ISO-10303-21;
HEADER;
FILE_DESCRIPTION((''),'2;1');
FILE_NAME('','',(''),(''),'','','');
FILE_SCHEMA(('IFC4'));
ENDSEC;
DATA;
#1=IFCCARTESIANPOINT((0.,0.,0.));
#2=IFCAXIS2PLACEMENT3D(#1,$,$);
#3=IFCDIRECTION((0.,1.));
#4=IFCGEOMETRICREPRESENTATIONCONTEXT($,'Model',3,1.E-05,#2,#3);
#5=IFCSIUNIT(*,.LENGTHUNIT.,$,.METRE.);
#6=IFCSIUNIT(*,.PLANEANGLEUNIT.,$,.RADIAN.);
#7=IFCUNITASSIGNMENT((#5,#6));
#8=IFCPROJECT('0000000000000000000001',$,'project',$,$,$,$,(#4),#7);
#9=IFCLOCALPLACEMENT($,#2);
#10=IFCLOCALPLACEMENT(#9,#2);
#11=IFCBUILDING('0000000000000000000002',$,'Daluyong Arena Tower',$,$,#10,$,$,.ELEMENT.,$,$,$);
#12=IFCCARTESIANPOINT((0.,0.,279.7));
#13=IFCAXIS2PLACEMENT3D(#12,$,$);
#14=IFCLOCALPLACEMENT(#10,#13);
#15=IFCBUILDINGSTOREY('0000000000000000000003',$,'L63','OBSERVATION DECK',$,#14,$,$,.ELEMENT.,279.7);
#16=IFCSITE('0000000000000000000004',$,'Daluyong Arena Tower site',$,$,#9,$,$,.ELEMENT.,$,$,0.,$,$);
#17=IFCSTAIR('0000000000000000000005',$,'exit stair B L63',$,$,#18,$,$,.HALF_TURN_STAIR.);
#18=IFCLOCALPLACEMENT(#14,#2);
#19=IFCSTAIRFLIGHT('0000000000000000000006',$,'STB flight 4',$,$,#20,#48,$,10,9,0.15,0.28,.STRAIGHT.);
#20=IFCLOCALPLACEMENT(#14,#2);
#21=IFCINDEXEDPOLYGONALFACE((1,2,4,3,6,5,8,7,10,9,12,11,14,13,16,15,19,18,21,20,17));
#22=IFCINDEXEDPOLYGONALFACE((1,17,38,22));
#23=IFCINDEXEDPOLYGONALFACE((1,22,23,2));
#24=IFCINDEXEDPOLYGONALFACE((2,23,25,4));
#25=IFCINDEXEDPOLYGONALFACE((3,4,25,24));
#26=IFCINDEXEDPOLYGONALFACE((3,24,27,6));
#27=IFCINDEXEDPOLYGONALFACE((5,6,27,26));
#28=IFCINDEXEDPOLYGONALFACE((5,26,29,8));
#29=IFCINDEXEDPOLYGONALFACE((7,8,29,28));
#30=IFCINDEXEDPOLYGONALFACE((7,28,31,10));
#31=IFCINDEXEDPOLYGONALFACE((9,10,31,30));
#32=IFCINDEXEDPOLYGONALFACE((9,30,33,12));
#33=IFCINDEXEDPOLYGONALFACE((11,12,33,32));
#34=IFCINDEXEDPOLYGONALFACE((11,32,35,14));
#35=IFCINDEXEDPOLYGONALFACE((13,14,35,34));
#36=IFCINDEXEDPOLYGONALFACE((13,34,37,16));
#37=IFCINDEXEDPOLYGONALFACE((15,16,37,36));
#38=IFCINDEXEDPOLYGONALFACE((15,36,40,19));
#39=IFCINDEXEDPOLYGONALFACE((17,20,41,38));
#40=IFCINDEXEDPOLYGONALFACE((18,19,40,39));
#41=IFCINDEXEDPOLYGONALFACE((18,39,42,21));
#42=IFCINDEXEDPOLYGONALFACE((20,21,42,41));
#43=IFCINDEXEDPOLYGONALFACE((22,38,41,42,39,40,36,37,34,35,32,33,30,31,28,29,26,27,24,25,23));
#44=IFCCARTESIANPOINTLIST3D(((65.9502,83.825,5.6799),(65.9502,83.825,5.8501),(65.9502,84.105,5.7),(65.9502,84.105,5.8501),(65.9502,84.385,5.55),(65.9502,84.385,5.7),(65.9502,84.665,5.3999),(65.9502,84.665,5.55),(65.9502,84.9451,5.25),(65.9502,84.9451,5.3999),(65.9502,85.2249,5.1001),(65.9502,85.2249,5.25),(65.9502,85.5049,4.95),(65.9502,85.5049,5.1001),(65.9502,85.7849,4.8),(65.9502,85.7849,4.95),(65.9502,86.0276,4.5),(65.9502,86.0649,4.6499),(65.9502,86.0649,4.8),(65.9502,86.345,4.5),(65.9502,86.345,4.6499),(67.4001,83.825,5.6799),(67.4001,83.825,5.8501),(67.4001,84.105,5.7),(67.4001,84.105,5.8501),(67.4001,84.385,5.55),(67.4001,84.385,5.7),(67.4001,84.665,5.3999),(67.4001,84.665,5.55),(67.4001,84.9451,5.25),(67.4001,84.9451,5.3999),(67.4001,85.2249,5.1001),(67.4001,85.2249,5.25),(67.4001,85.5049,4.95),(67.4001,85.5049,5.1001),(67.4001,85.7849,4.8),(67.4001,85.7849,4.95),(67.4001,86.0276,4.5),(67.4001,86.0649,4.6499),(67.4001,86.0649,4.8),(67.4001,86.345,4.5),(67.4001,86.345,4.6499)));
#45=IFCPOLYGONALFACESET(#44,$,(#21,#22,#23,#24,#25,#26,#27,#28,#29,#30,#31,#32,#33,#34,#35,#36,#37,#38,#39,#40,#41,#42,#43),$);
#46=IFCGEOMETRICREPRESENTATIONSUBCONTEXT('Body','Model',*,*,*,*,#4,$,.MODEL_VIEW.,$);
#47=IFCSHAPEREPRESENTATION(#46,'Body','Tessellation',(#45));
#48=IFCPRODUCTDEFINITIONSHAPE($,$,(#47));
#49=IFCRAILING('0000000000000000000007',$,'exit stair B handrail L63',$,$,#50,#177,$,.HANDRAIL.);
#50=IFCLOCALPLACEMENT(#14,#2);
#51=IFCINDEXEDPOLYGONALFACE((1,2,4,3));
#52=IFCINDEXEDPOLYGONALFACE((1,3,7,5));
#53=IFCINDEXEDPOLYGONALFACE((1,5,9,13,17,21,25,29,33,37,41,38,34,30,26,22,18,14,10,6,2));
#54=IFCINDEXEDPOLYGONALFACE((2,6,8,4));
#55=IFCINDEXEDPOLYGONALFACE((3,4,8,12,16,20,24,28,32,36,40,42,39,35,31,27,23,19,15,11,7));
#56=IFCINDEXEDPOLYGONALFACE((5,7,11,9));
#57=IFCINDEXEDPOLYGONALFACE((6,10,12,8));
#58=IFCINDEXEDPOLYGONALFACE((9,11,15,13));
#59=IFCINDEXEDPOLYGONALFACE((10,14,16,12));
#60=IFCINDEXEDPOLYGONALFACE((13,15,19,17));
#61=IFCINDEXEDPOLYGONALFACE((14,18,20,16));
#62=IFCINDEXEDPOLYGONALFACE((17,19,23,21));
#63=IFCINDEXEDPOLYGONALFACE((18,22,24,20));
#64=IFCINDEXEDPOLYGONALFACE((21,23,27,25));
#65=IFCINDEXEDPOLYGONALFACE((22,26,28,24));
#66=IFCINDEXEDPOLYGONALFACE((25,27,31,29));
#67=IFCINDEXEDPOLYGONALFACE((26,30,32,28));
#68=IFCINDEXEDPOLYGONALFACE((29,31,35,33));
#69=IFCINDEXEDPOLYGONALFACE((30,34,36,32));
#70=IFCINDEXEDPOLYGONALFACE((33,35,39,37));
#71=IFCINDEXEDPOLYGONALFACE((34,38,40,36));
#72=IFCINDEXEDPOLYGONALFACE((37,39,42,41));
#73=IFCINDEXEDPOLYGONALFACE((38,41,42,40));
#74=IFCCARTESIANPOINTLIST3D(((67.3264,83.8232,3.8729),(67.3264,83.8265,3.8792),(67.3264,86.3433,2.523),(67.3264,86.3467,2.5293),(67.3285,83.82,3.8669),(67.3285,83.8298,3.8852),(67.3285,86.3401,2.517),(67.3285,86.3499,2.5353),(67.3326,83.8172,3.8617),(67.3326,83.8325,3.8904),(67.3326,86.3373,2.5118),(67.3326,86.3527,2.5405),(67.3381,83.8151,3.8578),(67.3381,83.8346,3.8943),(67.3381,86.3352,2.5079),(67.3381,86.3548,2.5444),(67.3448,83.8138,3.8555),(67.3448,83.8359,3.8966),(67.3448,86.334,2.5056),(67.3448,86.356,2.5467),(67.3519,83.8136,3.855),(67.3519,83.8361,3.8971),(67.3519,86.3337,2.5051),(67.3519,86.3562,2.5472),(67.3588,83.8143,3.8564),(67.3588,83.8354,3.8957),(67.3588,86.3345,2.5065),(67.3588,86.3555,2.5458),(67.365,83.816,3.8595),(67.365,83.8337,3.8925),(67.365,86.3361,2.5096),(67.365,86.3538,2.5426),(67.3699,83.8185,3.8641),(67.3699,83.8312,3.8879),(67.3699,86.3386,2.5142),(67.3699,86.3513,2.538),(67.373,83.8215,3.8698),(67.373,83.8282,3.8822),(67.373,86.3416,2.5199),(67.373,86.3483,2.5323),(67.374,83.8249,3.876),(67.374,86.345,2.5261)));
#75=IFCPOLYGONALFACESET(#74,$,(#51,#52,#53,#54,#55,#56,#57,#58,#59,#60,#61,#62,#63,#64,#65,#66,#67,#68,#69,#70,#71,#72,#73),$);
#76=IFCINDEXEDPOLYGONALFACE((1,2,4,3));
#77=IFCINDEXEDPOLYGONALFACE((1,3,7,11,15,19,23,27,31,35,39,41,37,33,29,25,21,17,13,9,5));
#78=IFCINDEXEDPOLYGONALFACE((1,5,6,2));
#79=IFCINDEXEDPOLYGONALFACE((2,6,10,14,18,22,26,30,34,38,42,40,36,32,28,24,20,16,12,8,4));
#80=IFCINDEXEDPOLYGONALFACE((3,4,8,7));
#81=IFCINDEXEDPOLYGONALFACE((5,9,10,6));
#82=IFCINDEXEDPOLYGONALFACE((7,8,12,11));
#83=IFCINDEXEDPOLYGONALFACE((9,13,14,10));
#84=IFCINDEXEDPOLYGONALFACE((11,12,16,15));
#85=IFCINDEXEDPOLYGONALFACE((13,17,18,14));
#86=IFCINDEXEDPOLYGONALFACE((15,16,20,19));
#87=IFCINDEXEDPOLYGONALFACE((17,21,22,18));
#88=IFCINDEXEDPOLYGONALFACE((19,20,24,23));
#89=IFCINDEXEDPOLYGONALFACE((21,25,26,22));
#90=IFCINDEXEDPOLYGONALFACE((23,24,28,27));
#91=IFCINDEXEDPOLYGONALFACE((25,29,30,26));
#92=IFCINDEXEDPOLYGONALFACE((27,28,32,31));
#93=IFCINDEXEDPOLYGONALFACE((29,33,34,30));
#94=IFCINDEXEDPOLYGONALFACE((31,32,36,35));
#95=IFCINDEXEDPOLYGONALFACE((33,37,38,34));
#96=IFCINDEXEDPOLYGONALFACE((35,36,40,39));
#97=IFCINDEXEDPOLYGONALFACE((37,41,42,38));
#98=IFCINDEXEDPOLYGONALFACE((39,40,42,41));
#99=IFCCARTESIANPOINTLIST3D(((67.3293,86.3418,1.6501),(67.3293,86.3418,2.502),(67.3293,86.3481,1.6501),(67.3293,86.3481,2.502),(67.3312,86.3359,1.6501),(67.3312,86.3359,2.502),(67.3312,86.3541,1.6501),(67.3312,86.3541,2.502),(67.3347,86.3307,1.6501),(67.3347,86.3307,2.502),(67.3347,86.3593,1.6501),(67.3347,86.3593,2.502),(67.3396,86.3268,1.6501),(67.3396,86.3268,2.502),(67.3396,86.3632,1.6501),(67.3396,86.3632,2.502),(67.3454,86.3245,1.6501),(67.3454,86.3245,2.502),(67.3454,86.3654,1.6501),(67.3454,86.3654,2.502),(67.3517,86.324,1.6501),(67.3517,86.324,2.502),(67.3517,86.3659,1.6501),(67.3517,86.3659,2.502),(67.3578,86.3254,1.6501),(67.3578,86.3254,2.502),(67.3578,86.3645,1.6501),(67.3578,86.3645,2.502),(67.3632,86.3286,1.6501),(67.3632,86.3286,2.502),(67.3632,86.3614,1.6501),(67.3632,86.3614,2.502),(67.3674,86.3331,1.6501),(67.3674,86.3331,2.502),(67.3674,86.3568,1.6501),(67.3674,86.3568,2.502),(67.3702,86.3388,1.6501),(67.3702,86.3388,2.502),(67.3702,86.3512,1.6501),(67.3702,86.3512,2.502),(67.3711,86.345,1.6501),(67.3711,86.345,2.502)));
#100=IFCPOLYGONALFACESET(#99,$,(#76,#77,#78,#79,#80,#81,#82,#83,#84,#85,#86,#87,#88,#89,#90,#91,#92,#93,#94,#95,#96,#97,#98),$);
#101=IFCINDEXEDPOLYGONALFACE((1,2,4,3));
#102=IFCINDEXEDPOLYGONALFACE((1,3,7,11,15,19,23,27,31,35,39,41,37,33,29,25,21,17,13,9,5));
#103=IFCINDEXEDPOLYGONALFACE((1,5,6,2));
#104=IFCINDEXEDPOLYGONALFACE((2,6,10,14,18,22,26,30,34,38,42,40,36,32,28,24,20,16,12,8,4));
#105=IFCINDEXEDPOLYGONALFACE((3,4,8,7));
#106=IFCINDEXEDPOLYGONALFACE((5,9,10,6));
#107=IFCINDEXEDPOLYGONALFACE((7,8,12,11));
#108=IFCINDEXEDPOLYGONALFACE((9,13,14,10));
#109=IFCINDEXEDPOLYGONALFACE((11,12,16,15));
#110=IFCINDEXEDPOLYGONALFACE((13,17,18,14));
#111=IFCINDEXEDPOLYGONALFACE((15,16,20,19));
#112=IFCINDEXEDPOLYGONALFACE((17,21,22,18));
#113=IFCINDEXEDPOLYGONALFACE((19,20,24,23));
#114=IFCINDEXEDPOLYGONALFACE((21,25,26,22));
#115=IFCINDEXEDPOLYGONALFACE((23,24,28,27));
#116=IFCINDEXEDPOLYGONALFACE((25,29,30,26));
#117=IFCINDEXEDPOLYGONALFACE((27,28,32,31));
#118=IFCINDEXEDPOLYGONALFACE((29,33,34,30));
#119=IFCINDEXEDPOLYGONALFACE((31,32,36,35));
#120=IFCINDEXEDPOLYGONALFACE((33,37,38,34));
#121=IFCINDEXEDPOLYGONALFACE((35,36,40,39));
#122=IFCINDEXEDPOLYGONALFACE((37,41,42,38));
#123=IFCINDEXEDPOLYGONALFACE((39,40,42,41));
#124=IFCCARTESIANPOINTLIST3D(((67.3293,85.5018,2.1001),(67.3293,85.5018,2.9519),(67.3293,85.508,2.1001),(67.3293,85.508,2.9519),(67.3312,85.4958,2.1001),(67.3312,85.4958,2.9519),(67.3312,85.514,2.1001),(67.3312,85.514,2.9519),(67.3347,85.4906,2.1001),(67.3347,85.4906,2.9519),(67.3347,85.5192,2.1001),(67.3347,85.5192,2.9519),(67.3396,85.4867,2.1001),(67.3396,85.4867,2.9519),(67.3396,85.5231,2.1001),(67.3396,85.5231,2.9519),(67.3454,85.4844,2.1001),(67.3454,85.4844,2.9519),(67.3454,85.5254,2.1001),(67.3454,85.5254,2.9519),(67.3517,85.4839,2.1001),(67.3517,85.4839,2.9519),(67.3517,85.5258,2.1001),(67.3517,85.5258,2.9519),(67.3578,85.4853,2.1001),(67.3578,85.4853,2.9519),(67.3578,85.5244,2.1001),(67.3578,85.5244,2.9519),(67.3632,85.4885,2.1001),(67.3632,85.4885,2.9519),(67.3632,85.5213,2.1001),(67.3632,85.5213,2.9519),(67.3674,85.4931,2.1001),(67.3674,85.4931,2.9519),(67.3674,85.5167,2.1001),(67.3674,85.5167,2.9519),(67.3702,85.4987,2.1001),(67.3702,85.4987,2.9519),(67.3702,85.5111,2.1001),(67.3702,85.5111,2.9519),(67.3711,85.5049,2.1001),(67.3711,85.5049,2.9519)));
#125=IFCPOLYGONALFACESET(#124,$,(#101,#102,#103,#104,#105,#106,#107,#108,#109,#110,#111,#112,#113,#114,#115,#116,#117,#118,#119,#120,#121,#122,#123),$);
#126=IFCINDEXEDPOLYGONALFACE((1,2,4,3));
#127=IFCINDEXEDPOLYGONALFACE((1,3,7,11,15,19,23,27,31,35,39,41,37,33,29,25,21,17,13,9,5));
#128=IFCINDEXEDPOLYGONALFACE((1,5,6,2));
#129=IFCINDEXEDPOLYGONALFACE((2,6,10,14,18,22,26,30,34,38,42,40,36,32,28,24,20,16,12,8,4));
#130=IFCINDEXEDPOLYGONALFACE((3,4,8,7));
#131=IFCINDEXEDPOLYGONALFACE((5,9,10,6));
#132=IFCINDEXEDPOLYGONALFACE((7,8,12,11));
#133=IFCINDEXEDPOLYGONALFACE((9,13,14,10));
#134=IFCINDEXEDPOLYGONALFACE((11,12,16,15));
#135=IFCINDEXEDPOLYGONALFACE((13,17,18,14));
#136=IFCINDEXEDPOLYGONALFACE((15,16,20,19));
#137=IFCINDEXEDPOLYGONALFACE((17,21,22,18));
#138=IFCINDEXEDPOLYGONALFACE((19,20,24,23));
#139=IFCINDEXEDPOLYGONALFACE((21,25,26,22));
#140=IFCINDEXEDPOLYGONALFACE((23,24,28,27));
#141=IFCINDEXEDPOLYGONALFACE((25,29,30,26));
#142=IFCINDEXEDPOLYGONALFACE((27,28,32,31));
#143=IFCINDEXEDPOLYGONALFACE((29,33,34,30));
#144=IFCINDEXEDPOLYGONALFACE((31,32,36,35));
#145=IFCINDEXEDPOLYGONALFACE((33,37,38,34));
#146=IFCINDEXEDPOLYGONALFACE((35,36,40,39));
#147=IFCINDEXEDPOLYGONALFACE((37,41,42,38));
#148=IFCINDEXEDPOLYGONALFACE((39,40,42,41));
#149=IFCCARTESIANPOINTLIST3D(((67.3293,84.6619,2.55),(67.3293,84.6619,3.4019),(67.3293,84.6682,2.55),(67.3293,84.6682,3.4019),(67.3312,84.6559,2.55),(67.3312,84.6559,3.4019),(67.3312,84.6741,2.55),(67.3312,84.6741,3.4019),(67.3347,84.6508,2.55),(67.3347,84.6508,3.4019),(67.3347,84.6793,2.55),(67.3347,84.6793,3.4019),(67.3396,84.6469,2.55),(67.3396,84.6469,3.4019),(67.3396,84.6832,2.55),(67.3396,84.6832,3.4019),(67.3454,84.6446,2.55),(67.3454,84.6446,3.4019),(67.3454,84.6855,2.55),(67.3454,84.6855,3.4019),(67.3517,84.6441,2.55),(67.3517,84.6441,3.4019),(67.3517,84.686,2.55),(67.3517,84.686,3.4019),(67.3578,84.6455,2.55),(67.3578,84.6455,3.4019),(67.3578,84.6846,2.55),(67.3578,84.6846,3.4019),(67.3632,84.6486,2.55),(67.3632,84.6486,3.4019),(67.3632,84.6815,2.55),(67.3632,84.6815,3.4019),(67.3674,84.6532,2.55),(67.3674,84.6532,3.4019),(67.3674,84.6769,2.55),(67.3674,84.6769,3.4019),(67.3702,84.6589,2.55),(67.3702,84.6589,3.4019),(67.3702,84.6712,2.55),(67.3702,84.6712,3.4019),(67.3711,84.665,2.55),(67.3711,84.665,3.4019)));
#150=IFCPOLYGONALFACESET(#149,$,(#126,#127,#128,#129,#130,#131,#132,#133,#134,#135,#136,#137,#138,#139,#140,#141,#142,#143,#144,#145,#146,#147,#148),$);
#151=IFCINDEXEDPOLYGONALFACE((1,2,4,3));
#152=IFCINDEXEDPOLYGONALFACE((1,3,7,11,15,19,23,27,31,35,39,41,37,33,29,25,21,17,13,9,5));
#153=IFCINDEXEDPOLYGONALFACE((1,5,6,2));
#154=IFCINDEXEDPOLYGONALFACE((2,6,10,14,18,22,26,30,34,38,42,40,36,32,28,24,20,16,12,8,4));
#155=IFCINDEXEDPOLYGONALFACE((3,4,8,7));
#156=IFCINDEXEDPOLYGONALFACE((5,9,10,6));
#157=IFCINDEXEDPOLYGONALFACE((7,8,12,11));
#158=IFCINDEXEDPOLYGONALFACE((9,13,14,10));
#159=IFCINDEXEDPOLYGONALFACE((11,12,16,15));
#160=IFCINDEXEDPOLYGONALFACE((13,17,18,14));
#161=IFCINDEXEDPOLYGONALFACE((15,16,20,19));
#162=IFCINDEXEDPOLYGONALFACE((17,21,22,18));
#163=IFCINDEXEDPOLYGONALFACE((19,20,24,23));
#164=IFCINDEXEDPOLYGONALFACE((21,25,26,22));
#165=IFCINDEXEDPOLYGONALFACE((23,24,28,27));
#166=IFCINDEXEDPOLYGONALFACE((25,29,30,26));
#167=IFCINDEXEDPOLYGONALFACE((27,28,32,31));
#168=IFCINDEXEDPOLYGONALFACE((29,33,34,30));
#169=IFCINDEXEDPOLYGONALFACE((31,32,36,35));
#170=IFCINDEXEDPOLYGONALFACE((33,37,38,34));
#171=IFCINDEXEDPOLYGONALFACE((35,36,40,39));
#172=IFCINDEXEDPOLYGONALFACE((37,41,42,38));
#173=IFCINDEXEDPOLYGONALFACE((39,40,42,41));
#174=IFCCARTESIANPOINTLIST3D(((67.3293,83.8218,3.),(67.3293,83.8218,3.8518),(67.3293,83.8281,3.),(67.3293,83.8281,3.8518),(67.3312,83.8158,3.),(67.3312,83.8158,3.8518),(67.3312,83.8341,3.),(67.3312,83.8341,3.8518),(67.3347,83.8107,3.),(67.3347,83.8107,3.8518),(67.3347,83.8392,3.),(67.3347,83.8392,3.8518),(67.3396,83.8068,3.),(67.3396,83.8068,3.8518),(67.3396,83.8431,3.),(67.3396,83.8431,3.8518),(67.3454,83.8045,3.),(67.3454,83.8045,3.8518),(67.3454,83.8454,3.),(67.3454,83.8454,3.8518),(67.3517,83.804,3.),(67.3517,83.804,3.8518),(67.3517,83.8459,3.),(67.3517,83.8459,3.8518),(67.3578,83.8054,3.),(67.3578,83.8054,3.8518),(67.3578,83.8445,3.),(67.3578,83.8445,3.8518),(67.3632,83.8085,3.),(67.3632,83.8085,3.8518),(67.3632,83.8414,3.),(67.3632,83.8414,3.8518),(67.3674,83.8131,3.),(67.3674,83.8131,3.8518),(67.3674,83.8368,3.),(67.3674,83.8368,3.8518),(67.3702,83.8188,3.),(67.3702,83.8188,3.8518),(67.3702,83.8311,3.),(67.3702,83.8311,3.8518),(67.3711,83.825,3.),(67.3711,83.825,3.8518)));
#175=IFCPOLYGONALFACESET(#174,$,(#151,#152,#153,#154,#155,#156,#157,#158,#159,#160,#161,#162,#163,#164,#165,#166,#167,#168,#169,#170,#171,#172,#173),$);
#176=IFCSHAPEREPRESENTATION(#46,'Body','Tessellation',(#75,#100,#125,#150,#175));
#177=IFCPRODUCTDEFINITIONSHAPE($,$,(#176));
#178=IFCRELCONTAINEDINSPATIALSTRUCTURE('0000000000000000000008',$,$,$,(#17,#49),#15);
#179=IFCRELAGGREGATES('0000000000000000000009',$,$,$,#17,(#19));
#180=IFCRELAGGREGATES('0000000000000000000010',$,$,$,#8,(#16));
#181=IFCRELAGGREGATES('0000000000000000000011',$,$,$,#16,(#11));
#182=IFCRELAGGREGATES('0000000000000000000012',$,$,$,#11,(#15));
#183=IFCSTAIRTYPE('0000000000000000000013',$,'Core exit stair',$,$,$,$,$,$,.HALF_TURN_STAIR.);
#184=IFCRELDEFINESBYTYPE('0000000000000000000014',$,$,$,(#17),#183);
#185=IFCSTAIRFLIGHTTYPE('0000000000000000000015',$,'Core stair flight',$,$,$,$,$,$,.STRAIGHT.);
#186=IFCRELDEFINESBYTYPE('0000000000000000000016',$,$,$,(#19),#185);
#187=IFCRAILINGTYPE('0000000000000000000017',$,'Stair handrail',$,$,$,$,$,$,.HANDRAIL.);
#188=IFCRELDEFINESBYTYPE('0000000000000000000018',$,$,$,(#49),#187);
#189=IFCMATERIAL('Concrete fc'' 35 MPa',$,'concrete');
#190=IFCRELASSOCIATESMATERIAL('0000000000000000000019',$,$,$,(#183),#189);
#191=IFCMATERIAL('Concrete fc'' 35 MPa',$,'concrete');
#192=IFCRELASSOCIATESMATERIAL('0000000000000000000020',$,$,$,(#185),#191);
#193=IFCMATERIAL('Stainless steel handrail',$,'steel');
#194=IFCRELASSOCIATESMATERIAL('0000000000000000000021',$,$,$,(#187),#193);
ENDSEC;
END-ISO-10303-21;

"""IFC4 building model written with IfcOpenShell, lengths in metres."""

from ifc_helpers import new_model, si_unit, direction, frame, origin, origin_2d, place, context, subcontext, project, spatial, polyline, circle, outline, extrude, material, type_object, element, aggregate, save


model = new_model("IFC4")

# Units and contexts
model_context = context("Model", 3, precision=1e-05, world=origin(), true_north=direction((0.0, 1.0)))
body_context = subcontext(model_context, "Body", "Model", "MODEL_VIEW")
ifc_project = project(units=[si_unit("LENGTHUNIT", "METRE"), si_unit("PLANEANGLEUNIT", "RADIAN")], contexts=[model_context])

# Site, building, storey
site_placement = place(None, origin())
site = spatial("IfcSite", under=ifc_project, at=site_placement, Name="Daluyong Arena Tower site", CompositionType="ELEMENT", RefElevation=0.0)
building_placement = place(site_placement, origin())
building = spatial("IfcBuilding", under=site, at=building_placement, Name="Daluyong Arena Tower", CompositionType="ELEMENT")
storey_placement = place(building_placement, frame((0.0, 0.0, 279.7)))
storey = spatial("IfcBuildingStorey", under=building, at=storey_placement, Name="L63", Description="OBSERVATION DECK", CompositionType="ELEMENT", Elevation=279.7)

# Stair, stair flight
ifc_material_1 = material(Name="Concrete fc' 35 MPa", Category="concrete")
stair_type = type_object("IfcStairType", Name="Core exit stair", PredefinedType="HALF_TURN_STAIR", material=ifc_material_1)
stair_placement = place(storey_placement, origin())
stair = element("IfcStair", 1, at=stair_placement, inside=storey, type_object=stair_type, Name="exit stair B L63", PredefinedType="HALF_TURN_STAIR")
ifc_material_2 = material(Name="Concrete fc' 35 MPa", Category="concrete")
stair_flight_type = type_object("IfcStairFlightType", Name="Core stair flight", PredefinedType="STRAIGHT", material=ifc_material_2)
stair_flight_1_placement = place(storey_placement, frame((66.675, 86.345, 4.5), z_axis=(0.0, 0.0, 1.0), x_axis=(0.0, -1.0, 0.0)))
stair_flight_1 = element("IfcStairFlight", 2, at=stair_flight_1_placement, type_object=stair_flight_type, Name="STB flight 4", NumberOfRisers=10, NumberOfTreads=9, PredefinedType="STRAIGHT", RiserHeight=0.15, TreadLength=0.28, context=body_context, shape_type="SweptSolid", body=[
    extrude(outline(polyline([(0.0, 0.0), (0.0, 0.1499), (0.28, 0.1499), (0.28, 0.3), (0.5601, 0.3), (0.5601, 0.45), (0.8401, 0.45), (0.8401, 0.6001), (1.1201, 0.6001), (1.1201, 0.75), (1.3999, 0.75), (1.3999, 0.8999), (1.6799, 0.8999), (1.6799, 1.05), (1.96, 1.05), (1.96, 1.2), (2.24, 1.2), (2.24, 1.3501), (2.52, 1.3501), (2.52, 1.5), (2.52, 1.1799), (0.3174, 0.0), (0.0, 0.0)])), frame((0.0, 0.7251, 0.0), z_axis=(0.0, -1.0, 0.0), x_axis=(1.0, 0.0, 0.0)), (0.0, 0.0, 1.0), 1.45),
])
aggregate(stair, [stair_flight_1])

# Railing
ifc_material_3 = material(Name="Stainless steel handrail", Category="steel")
railing_type_1 = type_object("IfcRailingType", Name="Stair handrail", PredefinedType="HANDRAIL", material=ifc_material_3)
for number, where, name in (
    (3, (67.3501, 86.345, 1.6501), "exit stair B handrail L63"),
):
    element("IfcRailing", number, at=place(storey_placement, frame(where)), inside=storey, type_object=railing_type_1, Name=name, PredefinedType="HANDRAIL", context=body_context, shape_type="SweptSolid", body=[
        extrude(circle(Radius=0.0239, at=origin_2d()), frame((0.0, 0.0, 0.876), z_axis=(0.0, -0.881503, 0.472179), x_axis=(1.0, 0.0, 0.0)), (0.0, 0.0, 1.0), 2.8589),
        extrude(circle(Radius=0.021, at=origin_2d()), origin(), (0.0, 0.0, 1.0), 0.8518),
        extrude(circle(Radius=0.021, at=origin_2d()), frame((0.0, -0.8401, 0.45)), (0.0, 0.0, 1.0), 0.8518),
        extrude(circle(Radius=0.021, at=origin_2d()), frame((0.0, -1.6799, 0.8999)), (0.0, 0.0, 1.0), 0.8518),
        extrude(circle(Radius=0.021, at=origin_2d()), frame((0.0, -2.52, 1.3499)), (0.0, 0.0, 1.0), 0.8518),
    ])

save(model, "model.ifc")
